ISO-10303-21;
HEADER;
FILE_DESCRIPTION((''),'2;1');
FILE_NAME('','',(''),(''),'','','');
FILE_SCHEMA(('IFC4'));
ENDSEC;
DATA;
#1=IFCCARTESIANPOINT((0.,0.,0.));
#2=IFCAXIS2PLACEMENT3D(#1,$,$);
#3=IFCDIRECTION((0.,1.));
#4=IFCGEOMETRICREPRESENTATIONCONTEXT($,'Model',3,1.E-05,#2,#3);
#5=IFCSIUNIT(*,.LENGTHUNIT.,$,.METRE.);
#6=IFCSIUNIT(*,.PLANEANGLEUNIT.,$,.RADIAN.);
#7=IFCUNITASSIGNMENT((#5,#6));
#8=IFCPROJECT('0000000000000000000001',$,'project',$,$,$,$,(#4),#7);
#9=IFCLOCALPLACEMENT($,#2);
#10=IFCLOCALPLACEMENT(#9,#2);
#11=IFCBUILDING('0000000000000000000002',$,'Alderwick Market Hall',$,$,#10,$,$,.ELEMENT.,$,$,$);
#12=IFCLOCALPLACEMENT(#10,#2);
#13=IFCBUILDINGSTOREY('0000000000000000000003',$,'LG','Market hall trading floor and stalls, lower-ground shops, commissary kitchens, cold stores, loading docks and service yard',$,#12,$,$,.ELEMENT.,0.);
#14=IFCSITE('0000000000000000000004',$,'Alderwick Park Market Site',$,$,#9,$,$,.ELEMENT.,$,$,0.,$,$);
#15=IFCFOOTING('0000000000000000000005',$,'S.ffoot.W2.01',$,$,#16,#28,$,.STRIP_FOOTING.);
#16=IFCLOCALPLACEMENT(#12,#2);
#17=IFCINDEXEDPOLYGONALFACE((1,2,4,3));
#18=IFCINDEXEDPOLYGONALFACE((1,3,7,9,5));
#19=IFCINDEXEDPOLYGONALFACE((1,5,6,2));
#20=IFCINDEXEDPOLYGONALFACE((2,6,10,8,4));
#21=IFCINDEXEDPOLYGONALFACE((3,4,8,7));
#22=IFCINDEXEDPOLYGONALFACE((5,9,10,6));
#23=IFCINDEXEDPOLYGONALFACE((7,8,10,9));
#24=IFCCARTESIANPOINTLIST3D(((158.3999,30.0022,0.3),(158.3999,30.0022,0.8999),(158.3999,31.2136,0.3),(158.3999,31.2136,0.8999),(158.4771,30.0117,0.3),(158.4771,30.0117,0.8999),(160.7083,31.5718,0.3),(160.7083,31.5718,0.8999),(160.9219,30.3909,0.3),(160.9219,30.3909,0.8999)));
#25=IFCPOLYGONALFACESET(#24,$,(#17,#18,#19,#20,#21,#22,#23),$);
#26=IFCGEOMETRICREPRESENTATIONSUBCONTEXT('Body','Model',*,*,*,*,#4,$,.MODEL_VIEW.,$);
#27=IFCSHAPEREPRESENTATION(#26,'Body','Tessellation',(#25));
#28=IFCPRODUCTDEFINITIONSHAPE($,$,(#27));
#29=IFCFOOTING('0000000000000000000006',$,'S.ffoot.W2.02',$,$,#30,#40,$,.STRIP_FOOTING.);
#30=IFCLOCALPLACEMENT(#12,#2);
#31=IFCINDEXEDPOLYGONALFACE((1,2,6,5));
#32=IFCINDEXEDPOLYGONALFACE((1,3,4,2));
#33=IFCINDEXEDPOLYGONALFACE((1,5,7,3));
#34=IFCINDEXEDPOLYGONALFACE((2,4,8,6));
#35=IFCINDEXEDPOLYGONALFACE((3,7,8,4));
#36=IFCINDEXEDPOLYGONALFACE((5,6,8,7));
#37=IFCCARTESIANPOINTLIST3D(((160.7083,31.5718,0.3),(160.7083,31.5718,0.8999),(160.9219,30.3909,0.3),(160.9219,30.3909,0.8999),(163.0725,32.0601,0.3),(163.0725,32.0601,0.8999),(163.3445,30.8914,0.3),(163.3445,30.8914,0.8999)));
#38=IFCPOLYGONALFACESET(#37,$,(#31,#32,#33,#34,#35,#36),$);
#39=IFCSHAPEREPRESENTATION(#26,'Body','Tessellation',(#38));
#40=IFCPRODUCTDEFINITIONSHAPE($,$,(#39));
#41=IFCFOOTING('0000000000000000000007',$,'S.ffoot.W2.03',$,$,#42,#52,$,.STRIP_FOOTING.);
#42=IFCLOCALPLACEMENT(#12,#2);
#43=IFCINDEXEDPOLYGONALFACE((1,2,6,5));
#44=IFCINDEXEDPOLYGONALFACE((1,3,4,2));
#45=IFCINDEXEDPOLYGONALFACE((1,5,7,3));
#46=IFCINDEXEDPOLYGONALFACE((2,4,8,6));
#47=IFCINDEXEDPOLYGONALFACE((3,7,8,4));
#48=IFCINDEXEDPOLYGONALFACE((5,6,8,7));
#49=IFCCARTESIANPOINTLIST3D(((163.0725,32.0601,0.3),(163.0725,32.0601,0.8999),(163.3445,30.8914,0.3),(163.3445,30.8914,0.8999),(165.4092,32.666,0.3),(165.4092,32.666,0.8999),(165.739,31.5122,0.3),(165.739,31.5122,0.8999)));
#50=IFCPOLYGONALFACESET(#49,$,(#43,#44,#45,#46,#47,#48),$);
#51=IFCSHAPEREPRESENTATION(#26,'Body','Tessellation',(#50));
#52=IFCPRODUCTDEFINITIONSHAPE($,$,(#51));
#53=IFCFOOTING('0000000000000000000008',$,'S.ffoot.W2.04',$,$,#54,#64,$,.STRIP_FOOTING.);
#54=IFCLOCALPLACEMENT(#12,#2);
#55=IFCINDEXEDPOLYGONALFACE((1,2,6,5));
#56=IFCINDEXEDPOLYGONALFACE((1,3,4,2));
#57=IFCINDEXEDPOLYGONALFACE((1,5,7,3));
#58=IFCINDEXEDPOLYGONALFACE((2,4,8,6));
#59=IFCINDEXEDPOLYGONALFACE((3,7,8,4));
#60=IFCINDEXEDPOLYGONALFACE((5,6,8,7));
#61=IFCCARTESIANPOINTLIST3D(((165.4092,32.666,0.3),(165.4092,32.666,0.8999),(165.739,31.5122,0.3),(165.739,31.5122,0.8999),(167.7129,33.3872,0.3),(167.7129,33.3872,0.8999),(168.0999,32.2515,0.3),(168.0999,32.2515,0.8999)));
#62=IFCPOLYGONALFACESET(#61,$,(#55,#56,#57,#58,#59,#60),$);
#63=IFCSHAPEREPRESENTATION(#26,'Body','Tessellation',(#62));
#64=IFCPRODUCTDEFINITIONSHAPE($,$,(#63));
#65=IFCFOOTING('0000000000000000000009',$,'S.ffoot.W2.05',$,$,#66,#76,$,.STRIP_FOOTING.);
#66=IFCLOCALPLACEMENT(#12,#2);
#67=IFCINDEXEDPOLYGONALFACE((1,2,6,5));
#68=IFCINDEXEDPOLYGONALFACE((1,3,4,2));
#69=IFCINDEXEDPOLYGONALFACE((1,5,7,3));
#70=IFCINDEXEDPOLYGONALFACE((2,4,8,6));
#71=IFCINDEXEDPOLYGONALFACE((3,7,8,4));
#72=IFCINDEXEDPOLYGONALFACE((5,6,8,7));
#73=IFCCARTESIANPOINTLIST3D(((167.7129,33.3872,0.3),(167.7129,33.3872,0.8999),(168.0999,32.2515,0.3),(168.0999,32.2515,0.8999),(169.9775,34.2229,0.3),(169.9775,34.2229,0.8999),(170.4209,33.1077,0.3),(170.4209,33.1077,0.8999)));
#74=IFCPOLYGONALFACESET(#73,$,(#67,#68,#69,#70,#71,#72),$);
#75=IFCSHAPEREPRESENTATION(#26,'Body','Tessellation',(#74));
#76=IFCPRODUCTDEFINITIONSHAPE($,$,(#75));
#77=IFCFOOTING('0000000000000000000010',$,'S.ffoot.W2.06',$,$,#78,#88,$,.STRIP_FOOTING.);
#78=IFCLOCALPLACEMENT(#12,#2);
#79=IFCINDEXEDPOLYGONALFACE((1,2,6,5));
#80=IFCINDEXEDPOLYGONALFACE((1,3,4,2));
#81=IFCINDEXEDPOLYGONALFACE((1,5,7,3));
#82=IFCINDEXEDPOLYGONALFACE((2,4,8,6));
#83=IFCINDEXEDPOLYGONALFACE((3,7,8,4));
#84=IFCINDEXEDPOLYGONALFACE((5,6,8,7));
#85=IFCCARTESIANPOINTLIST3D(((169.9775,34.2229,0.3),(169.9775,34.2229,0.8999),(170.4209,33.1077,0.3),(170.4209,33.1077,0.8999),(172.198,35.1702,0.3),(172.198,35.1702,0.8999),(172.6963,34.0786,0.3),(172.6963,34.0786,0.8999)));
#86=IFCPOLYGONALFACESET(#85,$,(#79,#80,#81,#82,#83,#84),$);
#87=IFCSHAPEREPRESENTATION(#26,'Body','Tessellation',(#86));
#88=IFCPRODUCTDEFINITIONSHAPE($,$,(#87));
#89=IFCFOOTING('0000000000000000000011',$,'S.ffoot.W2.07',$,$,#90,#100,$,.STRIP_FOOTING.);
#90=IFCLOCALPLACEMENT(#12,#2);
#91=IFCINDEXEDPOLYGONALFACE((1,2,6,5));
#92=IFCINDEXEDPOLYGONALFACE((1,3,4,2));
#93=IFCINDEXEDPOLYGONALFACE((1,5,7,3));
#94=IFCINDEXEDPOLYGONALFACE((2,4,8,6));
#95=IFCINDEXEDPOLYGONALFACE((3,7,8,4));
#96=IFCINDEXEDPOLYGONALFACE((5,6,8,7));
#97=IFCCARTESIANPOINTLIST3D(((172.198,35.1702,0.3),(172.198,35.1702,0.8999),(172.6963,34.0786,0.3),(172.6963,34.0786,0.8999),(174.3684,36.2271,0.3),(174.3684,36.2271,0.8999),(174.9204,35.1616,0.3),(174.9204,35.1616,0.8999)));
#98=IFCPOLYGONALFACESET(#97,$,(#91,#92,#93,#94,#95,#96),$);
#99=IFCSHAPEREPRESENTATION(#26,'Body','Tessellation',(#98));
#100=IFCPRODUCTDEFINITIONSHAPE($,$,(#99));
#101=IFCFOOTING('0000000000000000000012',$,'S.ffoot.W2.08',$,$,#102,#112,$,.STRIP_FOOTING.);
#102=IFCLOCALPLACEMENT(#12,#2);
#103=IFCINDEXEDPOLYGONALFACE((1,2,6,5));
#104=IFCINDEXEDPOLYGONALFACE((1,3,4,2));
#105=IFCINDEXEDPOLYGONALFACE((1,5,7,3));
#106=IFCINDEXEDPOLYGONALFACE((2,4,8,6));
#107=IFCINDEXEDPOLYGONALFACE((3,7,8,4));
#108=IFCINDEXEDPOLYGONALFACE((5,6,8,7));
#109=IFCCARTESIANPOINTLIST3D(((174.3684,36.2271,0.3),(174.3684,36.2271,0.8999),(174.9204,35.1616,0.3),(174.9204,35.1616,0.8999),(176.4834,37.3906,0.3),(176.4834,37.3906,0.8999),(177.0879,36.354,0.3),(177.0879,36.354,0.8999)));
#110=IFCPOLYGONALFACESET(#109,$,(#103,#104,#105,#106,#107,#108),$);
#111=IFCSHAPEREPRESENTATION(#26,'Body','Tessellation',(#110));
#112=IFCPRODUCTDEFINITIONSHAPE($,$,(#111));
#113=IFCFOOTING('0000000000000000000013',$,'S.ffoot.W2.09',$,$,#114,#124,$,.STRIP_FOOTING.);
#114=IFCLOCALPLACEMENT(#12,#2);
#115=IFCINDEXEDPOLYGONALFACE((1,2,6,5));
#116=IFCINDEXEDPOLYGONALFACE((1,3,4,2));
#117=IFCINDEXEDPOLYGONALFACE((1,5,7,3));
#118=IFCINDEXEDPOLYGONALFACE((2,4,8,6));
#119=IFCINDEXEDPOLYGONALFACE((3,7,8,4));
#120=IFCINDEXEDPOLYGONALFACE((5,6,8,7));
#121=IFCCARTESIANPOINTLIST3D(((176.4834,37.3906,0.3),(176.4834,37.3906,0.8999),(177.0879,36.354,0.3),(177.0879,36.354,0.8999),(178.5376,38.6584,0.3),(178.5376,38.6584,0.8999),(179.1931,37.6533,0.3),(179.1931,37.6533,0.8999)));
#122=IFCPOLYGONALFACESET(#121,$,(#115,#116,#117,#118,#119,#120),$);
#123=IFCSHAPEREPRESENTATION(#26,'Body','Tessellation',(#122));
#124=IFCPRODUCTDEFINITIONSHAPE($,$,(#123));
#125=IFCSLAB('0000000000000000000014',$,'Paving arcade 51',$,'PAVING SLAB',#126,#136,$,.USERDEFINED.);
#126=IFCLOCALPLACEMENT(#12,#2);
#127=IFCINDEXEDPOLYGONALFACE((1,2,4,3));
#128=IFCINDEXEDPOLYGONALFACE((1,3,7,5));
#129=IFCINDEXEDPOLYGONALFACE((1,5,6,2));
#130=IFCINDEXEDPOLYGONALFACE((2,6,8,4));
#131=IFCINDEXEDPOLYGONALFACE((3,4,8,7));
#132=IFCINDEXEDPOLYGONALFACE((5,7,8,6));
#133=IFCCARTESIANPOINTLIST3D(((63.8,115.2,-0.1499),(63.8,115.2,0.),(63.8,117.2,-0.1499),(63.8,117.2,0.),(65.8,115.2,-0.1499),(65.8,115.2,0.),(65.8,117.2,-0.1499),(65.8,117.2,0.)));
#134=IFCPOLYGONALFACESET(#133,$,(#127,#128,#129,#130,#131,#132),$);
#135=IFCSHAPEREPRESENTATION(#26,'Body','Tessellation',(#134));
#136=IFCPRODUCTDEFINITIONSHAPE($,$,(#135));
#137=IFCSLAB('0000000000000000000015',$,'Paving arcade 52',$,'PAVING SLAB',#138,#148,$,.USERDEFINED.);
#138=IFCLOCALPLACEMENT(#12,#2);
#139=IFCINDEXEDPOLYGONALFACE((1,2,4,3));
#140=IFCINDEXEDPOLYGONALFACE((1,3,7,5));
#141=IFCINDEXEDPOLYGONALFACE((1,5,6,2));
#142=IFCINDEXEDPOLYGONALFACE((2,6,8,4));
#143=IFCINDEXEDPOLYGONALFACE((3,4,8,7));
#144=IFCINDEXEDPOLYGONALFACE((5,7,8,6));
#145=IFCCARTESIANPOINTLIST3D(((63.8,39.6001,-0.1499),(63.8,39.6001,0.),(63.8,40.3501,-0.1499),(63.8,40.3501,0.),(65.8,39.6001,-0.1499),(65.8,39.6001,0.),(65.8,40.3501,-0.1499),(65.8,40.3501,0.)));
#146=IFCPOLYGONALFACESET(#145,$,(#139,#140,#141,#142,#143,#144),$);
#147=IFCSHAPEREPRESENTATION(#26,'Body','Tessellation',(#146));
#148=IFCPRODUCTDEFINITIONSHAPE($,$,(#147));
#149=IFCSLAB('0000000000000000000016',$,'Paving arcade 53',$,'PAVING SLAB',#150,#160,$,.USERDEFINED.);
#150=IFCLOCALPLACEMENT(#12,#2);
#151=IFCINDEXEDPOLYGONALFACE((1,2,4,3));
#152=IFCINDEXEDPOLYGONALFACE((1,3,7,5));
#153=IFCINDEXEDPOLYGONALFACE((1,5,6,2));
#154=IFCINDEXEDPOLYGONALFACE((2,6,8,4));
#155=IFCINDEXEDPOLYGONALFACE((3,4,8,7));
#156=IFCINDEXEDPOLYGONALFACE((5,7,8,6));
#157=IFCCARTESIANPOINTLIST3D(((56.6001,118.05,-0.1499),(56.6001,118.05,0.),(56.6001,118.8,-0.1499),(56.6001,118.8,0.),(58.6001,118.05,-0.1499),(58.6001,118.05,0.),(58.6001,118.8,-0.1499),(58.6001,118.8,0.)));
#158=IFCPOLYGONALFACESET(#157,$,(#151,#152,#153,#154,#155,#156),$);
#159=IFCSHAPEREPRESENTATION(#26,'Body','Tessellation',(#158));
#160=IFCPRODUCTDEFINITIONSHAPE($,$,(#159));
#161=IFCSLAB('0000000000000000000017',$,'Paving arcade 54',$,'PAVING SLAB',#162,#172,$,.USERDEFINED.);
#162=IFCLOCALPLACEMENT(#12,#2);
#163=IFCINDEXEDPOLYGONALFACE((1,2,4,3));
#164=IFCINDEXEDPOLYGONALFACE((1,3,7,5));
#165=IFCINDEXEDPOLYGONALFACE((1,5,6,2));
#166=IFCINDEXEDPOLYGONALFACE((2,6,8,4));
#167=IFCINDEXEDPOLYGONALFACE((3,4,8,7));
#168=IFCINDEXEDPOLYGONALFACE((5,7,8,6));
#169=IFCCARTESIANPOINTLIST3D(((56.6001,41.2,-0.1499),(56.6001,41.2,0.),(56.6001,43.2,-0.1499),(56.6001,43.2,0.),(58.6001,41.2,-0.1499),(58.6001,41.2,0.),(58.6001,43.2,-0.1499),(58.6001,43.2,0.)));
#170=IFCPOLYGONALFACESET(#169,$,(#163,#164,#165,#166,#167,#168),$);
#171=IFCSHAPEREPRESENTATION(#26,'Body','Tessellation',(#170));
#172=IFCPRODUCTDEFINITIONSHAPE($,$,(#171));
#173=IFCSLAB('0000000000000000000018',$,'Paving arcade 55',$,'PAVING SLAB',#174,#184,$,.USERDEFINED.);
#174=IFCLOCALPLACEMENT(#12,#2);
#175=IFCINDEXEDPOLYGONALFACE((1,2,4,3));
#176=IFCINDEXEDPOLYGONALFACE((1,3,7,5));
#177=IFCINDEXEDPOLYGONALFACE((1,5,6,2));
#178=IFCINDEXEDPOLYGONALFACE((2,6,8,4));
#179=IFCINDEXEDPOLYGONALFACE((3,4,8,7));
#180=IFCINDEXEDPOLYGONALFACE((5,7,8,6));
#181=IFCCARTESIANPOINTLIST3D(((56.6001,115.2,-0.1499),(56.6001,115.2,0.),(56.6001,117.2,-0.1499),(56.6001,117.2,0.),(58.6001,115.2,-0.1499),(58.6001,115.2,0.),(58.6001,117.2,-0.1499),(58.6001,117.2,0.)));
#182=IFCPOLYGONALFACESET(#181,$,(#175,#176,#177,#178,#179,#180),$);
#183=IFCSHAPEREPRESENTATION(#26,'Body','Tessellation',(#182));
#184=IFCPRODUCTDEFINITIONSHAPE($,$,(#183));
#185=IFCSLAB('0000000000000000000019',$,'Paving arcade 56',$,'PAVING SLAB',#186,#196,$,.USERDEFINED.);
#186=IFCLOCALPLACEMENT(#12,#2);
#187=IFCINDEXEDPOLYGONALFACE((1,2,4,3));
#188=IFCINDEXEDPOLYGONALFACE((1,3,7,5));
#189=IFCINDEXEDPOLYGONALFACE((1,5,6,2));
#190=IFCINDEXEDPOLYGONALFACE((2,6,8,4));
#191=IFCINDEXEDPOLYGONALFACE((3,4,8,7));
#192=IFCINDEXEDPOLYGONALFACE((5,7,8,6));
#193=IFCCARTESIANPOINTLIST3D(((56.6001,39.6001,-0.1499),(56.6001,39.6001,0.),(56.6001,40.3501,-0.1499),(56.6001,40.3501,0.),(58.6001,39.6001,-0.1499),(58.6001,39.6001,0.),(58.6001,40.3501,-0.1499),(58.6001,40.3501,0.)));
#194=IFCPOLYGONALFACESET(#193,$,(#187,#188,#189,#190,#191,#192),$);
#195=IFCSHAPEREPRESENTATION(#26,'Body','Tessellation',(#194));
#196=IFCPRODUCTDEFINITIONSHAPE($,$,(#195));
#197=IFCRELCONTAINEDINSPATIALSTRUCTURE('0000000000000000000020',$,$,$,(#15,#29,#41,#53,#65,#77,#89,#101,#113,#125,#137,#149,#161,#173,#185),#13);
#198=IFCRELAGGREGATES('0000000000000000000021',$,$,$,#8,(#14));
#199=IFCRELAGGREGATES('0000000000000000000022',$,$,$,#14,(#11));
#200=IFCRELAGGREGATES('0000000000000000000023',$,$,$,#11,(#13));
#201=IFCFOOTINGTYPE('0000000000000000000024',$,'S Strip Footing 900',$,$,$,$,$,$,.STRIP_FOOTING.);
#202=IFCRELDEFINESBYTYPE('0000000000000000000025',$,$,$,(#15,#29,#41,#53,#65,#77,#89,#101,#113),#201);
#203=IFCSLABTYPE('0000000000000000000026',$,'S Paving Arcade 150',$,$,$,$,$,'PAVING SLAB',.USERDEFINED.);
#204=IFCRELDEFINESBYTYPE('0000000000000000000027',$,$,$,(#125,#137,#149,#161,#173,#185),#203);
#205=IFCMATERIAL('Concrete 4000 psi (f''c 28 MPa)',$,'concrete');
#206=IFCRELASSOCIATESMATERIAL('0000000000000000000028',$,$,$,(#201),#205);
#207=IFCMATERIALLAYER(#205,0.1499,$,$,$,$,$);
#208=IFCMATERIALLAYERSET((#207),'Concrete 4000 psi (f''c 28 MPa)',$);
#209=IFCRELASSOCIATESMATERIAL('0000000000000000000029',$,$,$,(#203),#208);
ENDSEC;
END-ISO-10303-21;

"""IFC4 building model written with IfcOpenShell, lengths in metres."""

from ifc_helpers import new_model, si_unit, direction, frame, origin, place, context, subcontext, project, spatial, polyline, outline, extrude, material, layer, layer_set, type_object, element, save


model = new_model("IFC4")

# Units and contexts
model_context = context("Model", 3, precision=1e-05, world=origin(), true_north=direction((0.0, 1.0)))
body_context = subcontext(model_context, "Body", "Model", "MODEL_VIEW")
ifc_project = project(units=[si_unit("LENGTHUNIT", "METRE"), si_unit("PLANEANGLEUNIT", "RADIAN")], contexts=[model_context])

# Site, building, storey
site_placement = place(None, origin())
site = spatial("IfcSite", under=ifc_project, at=site_placement, Name="Alderwick Park Market Site", CompositionType="ELEMENT", RefElevation=0.0)
building_placement = place(site_placement, origin())
building = spatial("IfcBuilding", under=site, at=building_placement, Name="Alderwick Market Hall", CompositionType="ELEMENT")
storey_placement = place(building_placement, origin())
storey = spatial("IfcBuildingStorey", under=building, at=storey_placement, Name="LG", Description="Market hall trading floor and stalls, lower-ground shops, commissary kitchens, cold stores, loading docks and service yard", CompositionType="ELEMENT", Elevation=0.0)

# Footings
ifc_material = material(Name="Concrete 4000 psi (f'c 28 MPa)", Category="concrete")
footing_type = type_object("IfcFootingType", Name="S Strip Footing 900", PredefinedType="STRIP_FOOTING", material=ifc_material)
footing_1_placement = place(storey_placement, frame((0.0, 0.0, 0.3)))
element("IfcFooting", 1, at=footing_1_placement, inside=storey, type_object=footing_type, Name="S.ffoot.W2.01", PredefinedType="STRIP_FOOTING", context=body_context, shape_type="SweptSolid", body=[
    extrude(outline(polyline([(158.3999, 31.2136), (158.3999, 30.0022), (158.4771, 30.0117), (160.9219, 30.3909), (160.7083, 31.5718), (158.3999, 31.2136)])), origin(), (0.0, 0.0, 1.0), 0.5999),
])
footing_2_placement = place(storey_placement, frame((0.0, 0.0, 0.3)))
element("IfcFooting", 2, at=footing_2_placement, inside=storey, type_object=footing_type, Name="S.ffoot.W2.02", PredefinedType="STRIP_FOOTING", context=body_context, shape_type="SweptSolid", body=[
    extrude(outline(polyline([(160.9219, 30.3909), (163.3445, 30.8914), (163.0725, 32.0601), (160.7083, 31.5718), (160.9219, 30.3909)])), origin(), (0.0, 0.0, 1.0), 0.5999),
])
footing_3_placement = place(storey_placement, frame((0.0, 0.0, 0.3)))
element("IfcFooting", 3, at=footing_3_placement, inside=storey, type_object=footing_type, Name="S.ffoot.W2.03", PredefinedType="STRIP_FOOTING", context=body_context, shape_type="SweptSolid", body=[
    extrude(outline(polyline([(163.3445, 30.8914), (165.739, 31.5122), (165.4092, 32.666), (163.0725, 32.0601), (163.3445, 30.8914)])), origin(), (0.0, 0.0, 1.0), 0.5999),
])
footing_4_placement = place(storey_placement, frame((0.0, 0.0, 0.3)))
element("IfcFooting", 4, at=footing_4_placement, inside=storey, type_object=footing_type, Name="S.ffoot.W2.04", PredefinedType="STRIP_FOOTING", context=body_context, shape_type="SweptSolid", body=[
    extrude(outline(polyline([(165.739, 31.5122), (168.0999, 32.2515), (167.7129, 33.3872), (165.4092, 32.666), (165.739, 31.5122)])), origin(), (0.0, 0.0, 1.0), 0.5999),
])
footing_5_placement = place(storey_placement, frame((0.0, 0.0, 0.3)))
element("IfcFooting", 5, at=footing_5_placement, inside=storey, type_object=footing_type, Name="S.ffoot.W2.05", PredefinedType="STRIP_FOOTING", context=body_context, shape_type="SweptSolid", body=[
    extrude(outline(polyline([(168.0999, 32.2515), (170.4209, 33.1077), (169.9775, 34.2229), (167.7129, 33.3872), (168.0999, 32.2515)])), origin(), (0.0, 0.0, 1.0), 0.5999),
])
footing_6_placement = place(storey_placement, frame((0.0, 0.0, 0.3)))
element("IfcFooting", 6, at=footing_6_placement, inside=storey, type_object=footing_type, Name="S.ffoot.W2.06", PredefinedType="STRIP_FOOTING", context=body_context, shape_type="SweptSolid", body=[
    extrude(outline(polyline([(170.4209, 33.1077), (172.6963, 34.0786), (172.198, 35.1702), (169.9775, 34.2229), (170.4209, 33.1077)])), origin(), (0.0, 0.0, 1.0), 0.5999),
])
footing_7_placement = place(storey_placement, frame((0.0, 0.0, 0.3)))
element("IfcFooting", 7, at=footing_7_placement, inside=storey, type_object=footing_type, Name="S.ffoot.W2.07", PredefinedType="STRIP_FOOTING", context=body_context, shape_type="SweptSolid", body=[
    extrude(outline(polyline([(172.6963, 34.0786), (174.9204, 35.1616), (174.3684, 36.2271), (172.198, 35.1702), (172.6963, 34.0786)])), origin(), (0.0, 0.0, 1.0), 0.5999),
])
footing_8_placement = place(storey_placement, frame((0.0, 0.0, 0.3)))
element("IfcFooting", 8, at=footing_8_placement, inside=storey, type_object=footing_type, Name="S.ffoot.W2.08", PredefinedType="STRIP_FOOTING", context=body_context, shape_type="SweptSolid", body=[
    extrude(outline(polyline([(174.9204, 35.1616), (177.0879, 36.354), (176.4834, 37.3906), (174.3684, 36.2271), (174.9204, 35.1616)])), origin(), (0.0, 0.0, 1.0), 0.5999),
])
footing_9_placement = place(storey_placement, frame((0.0, 0.0, 0.3)))
element("IfcFooting", 9, at=footing_9_placement, inside=storey, type_object=footing_type, Name="S.ffoot.W2.09", PredefinedType="STRIP_FOOTING", context=body_context, shape_type="SweptSolid", body=[
    extrude(outline(polyline([(177.0879, 36.354), (179.1931, 37.6533), (178.5376, 38.6584), (176.4834, 37.3906), (177.0879, 36.354)])), origin(), (0.0, 0.0, 1.0), 0.5999),
])

# Slabs
ifc_layer_1 = layer(ifc_material, 0.1499)
ifc_layer_set_1 = layer_set([ifc_layer_1], Name="Concrete 4000 psi (f'c 28 MPa)")
slab_type_1 = type_object("IfcSlabType", Name="S Paving Arcade 150", ElementType="PAVING SLAB", PredefinedType="USERDEFINED", material=ifc_layer_set_1)
slab_1_placement = place(storey_placement, frame((0.0, 0.0, -0.1499)))
element("IfcSlab", 10, at=slab_1_placement, inside=storey, type_object=slab_type_1, Name="Paving arcade 51", ObjectType="PAVING SLAB", PredefinedType="USERDEFINED", context=body_context, shape_type="SweptSolid", body=[
    extrude(outline(polyline([(65.8, 115.2), (65.8, 117.2), (63.8, 117.2), (63.8, 115.2), (65.8, 115.2)])), origin(), (0.0, 0.0, 1.0), 0.1499),
])
slab_2_placement = place(storey_placement, frame((0.0, 0.0, -0.1499)))
element("IfcSlab", 11, at=slab_2_placement, inside=storey, type_object=slab_type_1, Name="Paving arcade 52", ObjectType="PAVING SLAB", PredefinedType="USERDEFINED", context=body_context, shape_type="SweptSolid", body=[
    extrude(outline(polyline([(65.8, 39.6001), (65.8, 40.3501), (63.8, 40.3501), (63.8, 39.6001), (65.8, 39.6001)])), origin(), (0.0, 0.0, 1.0), 0.1499),
])
slab_3_placement = place(storey_placement, frame((0.0, 0.0, -0.1499)))
element("IfcSlab", 12, at=slab_3_placement, inside=storey, type_object=slab_type_1, Name="Paving arcade 53", ObjectType="PAVING SLAB", PredefinedType="USERDEFINED", context=body_context, shape_type="SweptSolid", body=[
    extrude(outline(polyline([(56.6001, 118.8), (56.6001, 118.05), (58.6001, 118.05), (58.6001, 118.8), (56.6001, 118.8)])), origin(), (0.0, 0.0, 1.0), 0.1499),
])
slab_4_placement = place(storey_placement, frame((0.0, 0.0, -0.1499)))
element("IfcSlab", 13, at=slab_4_placement, inside=storey, type_object=slab_type_1, Name="Paving arcade 54", ObjectType="PAVING SLAB", PredefinedType="USERDEFINED", context=body_context, shape_type="SweptSolid", body=[
    extrude(outline(polyline([(56.6001, 43.2), (56.6001, 41.2), (58.6001, 41.2), (58.6001, 43.2), (56.6001, 43.2)])), origin(), (0.0, 0.0, 1.0), 0.1499),
])
slab_5_placement = place(storey_placement, frame((0.0, 0.0, -0.1499)))
element("IfcSlab", 14, at=slab_5_placement, inside=storey, type_object=slab_type_1, Name="Paving arcade 55", ObjectType="PAVING SLAB", PredefinedType="USERDEFINED", context=body_context, shape_type="SweptSolid", body=[
    extrude(outline(polyline([(58.6001, 115.2), (58.6001, 117.2), (56.6001, 117.2), (56.6001, 115.2), (58.6001, 115.2)])), origin(), (0.0, 0.0, 1.0), 0.1499),
])
slab_6_placement = place(storey_placement, frame((0.0, 0.0, -0.1499)))
element("IfcSlab", 15, at=slab_6_placement, inside=storey, type_object=slab_type_1, Name="Paving arcade 56", ObjectType="PAVING SLAB", PredefinedType="USERDEFINED", context=body_context, shape_type="SweptSolid", body=[
    extrude(outline(polyline([(58.6001, 39.6001), (58.6001, 40.3501), (56.6001, 40.3501), (56.6001, 39.6001), (58.6001, 39.6001)])), origin(), (0.0, 0.0, 1.0), 0.1499),
])

save(model, "model.ifc")
